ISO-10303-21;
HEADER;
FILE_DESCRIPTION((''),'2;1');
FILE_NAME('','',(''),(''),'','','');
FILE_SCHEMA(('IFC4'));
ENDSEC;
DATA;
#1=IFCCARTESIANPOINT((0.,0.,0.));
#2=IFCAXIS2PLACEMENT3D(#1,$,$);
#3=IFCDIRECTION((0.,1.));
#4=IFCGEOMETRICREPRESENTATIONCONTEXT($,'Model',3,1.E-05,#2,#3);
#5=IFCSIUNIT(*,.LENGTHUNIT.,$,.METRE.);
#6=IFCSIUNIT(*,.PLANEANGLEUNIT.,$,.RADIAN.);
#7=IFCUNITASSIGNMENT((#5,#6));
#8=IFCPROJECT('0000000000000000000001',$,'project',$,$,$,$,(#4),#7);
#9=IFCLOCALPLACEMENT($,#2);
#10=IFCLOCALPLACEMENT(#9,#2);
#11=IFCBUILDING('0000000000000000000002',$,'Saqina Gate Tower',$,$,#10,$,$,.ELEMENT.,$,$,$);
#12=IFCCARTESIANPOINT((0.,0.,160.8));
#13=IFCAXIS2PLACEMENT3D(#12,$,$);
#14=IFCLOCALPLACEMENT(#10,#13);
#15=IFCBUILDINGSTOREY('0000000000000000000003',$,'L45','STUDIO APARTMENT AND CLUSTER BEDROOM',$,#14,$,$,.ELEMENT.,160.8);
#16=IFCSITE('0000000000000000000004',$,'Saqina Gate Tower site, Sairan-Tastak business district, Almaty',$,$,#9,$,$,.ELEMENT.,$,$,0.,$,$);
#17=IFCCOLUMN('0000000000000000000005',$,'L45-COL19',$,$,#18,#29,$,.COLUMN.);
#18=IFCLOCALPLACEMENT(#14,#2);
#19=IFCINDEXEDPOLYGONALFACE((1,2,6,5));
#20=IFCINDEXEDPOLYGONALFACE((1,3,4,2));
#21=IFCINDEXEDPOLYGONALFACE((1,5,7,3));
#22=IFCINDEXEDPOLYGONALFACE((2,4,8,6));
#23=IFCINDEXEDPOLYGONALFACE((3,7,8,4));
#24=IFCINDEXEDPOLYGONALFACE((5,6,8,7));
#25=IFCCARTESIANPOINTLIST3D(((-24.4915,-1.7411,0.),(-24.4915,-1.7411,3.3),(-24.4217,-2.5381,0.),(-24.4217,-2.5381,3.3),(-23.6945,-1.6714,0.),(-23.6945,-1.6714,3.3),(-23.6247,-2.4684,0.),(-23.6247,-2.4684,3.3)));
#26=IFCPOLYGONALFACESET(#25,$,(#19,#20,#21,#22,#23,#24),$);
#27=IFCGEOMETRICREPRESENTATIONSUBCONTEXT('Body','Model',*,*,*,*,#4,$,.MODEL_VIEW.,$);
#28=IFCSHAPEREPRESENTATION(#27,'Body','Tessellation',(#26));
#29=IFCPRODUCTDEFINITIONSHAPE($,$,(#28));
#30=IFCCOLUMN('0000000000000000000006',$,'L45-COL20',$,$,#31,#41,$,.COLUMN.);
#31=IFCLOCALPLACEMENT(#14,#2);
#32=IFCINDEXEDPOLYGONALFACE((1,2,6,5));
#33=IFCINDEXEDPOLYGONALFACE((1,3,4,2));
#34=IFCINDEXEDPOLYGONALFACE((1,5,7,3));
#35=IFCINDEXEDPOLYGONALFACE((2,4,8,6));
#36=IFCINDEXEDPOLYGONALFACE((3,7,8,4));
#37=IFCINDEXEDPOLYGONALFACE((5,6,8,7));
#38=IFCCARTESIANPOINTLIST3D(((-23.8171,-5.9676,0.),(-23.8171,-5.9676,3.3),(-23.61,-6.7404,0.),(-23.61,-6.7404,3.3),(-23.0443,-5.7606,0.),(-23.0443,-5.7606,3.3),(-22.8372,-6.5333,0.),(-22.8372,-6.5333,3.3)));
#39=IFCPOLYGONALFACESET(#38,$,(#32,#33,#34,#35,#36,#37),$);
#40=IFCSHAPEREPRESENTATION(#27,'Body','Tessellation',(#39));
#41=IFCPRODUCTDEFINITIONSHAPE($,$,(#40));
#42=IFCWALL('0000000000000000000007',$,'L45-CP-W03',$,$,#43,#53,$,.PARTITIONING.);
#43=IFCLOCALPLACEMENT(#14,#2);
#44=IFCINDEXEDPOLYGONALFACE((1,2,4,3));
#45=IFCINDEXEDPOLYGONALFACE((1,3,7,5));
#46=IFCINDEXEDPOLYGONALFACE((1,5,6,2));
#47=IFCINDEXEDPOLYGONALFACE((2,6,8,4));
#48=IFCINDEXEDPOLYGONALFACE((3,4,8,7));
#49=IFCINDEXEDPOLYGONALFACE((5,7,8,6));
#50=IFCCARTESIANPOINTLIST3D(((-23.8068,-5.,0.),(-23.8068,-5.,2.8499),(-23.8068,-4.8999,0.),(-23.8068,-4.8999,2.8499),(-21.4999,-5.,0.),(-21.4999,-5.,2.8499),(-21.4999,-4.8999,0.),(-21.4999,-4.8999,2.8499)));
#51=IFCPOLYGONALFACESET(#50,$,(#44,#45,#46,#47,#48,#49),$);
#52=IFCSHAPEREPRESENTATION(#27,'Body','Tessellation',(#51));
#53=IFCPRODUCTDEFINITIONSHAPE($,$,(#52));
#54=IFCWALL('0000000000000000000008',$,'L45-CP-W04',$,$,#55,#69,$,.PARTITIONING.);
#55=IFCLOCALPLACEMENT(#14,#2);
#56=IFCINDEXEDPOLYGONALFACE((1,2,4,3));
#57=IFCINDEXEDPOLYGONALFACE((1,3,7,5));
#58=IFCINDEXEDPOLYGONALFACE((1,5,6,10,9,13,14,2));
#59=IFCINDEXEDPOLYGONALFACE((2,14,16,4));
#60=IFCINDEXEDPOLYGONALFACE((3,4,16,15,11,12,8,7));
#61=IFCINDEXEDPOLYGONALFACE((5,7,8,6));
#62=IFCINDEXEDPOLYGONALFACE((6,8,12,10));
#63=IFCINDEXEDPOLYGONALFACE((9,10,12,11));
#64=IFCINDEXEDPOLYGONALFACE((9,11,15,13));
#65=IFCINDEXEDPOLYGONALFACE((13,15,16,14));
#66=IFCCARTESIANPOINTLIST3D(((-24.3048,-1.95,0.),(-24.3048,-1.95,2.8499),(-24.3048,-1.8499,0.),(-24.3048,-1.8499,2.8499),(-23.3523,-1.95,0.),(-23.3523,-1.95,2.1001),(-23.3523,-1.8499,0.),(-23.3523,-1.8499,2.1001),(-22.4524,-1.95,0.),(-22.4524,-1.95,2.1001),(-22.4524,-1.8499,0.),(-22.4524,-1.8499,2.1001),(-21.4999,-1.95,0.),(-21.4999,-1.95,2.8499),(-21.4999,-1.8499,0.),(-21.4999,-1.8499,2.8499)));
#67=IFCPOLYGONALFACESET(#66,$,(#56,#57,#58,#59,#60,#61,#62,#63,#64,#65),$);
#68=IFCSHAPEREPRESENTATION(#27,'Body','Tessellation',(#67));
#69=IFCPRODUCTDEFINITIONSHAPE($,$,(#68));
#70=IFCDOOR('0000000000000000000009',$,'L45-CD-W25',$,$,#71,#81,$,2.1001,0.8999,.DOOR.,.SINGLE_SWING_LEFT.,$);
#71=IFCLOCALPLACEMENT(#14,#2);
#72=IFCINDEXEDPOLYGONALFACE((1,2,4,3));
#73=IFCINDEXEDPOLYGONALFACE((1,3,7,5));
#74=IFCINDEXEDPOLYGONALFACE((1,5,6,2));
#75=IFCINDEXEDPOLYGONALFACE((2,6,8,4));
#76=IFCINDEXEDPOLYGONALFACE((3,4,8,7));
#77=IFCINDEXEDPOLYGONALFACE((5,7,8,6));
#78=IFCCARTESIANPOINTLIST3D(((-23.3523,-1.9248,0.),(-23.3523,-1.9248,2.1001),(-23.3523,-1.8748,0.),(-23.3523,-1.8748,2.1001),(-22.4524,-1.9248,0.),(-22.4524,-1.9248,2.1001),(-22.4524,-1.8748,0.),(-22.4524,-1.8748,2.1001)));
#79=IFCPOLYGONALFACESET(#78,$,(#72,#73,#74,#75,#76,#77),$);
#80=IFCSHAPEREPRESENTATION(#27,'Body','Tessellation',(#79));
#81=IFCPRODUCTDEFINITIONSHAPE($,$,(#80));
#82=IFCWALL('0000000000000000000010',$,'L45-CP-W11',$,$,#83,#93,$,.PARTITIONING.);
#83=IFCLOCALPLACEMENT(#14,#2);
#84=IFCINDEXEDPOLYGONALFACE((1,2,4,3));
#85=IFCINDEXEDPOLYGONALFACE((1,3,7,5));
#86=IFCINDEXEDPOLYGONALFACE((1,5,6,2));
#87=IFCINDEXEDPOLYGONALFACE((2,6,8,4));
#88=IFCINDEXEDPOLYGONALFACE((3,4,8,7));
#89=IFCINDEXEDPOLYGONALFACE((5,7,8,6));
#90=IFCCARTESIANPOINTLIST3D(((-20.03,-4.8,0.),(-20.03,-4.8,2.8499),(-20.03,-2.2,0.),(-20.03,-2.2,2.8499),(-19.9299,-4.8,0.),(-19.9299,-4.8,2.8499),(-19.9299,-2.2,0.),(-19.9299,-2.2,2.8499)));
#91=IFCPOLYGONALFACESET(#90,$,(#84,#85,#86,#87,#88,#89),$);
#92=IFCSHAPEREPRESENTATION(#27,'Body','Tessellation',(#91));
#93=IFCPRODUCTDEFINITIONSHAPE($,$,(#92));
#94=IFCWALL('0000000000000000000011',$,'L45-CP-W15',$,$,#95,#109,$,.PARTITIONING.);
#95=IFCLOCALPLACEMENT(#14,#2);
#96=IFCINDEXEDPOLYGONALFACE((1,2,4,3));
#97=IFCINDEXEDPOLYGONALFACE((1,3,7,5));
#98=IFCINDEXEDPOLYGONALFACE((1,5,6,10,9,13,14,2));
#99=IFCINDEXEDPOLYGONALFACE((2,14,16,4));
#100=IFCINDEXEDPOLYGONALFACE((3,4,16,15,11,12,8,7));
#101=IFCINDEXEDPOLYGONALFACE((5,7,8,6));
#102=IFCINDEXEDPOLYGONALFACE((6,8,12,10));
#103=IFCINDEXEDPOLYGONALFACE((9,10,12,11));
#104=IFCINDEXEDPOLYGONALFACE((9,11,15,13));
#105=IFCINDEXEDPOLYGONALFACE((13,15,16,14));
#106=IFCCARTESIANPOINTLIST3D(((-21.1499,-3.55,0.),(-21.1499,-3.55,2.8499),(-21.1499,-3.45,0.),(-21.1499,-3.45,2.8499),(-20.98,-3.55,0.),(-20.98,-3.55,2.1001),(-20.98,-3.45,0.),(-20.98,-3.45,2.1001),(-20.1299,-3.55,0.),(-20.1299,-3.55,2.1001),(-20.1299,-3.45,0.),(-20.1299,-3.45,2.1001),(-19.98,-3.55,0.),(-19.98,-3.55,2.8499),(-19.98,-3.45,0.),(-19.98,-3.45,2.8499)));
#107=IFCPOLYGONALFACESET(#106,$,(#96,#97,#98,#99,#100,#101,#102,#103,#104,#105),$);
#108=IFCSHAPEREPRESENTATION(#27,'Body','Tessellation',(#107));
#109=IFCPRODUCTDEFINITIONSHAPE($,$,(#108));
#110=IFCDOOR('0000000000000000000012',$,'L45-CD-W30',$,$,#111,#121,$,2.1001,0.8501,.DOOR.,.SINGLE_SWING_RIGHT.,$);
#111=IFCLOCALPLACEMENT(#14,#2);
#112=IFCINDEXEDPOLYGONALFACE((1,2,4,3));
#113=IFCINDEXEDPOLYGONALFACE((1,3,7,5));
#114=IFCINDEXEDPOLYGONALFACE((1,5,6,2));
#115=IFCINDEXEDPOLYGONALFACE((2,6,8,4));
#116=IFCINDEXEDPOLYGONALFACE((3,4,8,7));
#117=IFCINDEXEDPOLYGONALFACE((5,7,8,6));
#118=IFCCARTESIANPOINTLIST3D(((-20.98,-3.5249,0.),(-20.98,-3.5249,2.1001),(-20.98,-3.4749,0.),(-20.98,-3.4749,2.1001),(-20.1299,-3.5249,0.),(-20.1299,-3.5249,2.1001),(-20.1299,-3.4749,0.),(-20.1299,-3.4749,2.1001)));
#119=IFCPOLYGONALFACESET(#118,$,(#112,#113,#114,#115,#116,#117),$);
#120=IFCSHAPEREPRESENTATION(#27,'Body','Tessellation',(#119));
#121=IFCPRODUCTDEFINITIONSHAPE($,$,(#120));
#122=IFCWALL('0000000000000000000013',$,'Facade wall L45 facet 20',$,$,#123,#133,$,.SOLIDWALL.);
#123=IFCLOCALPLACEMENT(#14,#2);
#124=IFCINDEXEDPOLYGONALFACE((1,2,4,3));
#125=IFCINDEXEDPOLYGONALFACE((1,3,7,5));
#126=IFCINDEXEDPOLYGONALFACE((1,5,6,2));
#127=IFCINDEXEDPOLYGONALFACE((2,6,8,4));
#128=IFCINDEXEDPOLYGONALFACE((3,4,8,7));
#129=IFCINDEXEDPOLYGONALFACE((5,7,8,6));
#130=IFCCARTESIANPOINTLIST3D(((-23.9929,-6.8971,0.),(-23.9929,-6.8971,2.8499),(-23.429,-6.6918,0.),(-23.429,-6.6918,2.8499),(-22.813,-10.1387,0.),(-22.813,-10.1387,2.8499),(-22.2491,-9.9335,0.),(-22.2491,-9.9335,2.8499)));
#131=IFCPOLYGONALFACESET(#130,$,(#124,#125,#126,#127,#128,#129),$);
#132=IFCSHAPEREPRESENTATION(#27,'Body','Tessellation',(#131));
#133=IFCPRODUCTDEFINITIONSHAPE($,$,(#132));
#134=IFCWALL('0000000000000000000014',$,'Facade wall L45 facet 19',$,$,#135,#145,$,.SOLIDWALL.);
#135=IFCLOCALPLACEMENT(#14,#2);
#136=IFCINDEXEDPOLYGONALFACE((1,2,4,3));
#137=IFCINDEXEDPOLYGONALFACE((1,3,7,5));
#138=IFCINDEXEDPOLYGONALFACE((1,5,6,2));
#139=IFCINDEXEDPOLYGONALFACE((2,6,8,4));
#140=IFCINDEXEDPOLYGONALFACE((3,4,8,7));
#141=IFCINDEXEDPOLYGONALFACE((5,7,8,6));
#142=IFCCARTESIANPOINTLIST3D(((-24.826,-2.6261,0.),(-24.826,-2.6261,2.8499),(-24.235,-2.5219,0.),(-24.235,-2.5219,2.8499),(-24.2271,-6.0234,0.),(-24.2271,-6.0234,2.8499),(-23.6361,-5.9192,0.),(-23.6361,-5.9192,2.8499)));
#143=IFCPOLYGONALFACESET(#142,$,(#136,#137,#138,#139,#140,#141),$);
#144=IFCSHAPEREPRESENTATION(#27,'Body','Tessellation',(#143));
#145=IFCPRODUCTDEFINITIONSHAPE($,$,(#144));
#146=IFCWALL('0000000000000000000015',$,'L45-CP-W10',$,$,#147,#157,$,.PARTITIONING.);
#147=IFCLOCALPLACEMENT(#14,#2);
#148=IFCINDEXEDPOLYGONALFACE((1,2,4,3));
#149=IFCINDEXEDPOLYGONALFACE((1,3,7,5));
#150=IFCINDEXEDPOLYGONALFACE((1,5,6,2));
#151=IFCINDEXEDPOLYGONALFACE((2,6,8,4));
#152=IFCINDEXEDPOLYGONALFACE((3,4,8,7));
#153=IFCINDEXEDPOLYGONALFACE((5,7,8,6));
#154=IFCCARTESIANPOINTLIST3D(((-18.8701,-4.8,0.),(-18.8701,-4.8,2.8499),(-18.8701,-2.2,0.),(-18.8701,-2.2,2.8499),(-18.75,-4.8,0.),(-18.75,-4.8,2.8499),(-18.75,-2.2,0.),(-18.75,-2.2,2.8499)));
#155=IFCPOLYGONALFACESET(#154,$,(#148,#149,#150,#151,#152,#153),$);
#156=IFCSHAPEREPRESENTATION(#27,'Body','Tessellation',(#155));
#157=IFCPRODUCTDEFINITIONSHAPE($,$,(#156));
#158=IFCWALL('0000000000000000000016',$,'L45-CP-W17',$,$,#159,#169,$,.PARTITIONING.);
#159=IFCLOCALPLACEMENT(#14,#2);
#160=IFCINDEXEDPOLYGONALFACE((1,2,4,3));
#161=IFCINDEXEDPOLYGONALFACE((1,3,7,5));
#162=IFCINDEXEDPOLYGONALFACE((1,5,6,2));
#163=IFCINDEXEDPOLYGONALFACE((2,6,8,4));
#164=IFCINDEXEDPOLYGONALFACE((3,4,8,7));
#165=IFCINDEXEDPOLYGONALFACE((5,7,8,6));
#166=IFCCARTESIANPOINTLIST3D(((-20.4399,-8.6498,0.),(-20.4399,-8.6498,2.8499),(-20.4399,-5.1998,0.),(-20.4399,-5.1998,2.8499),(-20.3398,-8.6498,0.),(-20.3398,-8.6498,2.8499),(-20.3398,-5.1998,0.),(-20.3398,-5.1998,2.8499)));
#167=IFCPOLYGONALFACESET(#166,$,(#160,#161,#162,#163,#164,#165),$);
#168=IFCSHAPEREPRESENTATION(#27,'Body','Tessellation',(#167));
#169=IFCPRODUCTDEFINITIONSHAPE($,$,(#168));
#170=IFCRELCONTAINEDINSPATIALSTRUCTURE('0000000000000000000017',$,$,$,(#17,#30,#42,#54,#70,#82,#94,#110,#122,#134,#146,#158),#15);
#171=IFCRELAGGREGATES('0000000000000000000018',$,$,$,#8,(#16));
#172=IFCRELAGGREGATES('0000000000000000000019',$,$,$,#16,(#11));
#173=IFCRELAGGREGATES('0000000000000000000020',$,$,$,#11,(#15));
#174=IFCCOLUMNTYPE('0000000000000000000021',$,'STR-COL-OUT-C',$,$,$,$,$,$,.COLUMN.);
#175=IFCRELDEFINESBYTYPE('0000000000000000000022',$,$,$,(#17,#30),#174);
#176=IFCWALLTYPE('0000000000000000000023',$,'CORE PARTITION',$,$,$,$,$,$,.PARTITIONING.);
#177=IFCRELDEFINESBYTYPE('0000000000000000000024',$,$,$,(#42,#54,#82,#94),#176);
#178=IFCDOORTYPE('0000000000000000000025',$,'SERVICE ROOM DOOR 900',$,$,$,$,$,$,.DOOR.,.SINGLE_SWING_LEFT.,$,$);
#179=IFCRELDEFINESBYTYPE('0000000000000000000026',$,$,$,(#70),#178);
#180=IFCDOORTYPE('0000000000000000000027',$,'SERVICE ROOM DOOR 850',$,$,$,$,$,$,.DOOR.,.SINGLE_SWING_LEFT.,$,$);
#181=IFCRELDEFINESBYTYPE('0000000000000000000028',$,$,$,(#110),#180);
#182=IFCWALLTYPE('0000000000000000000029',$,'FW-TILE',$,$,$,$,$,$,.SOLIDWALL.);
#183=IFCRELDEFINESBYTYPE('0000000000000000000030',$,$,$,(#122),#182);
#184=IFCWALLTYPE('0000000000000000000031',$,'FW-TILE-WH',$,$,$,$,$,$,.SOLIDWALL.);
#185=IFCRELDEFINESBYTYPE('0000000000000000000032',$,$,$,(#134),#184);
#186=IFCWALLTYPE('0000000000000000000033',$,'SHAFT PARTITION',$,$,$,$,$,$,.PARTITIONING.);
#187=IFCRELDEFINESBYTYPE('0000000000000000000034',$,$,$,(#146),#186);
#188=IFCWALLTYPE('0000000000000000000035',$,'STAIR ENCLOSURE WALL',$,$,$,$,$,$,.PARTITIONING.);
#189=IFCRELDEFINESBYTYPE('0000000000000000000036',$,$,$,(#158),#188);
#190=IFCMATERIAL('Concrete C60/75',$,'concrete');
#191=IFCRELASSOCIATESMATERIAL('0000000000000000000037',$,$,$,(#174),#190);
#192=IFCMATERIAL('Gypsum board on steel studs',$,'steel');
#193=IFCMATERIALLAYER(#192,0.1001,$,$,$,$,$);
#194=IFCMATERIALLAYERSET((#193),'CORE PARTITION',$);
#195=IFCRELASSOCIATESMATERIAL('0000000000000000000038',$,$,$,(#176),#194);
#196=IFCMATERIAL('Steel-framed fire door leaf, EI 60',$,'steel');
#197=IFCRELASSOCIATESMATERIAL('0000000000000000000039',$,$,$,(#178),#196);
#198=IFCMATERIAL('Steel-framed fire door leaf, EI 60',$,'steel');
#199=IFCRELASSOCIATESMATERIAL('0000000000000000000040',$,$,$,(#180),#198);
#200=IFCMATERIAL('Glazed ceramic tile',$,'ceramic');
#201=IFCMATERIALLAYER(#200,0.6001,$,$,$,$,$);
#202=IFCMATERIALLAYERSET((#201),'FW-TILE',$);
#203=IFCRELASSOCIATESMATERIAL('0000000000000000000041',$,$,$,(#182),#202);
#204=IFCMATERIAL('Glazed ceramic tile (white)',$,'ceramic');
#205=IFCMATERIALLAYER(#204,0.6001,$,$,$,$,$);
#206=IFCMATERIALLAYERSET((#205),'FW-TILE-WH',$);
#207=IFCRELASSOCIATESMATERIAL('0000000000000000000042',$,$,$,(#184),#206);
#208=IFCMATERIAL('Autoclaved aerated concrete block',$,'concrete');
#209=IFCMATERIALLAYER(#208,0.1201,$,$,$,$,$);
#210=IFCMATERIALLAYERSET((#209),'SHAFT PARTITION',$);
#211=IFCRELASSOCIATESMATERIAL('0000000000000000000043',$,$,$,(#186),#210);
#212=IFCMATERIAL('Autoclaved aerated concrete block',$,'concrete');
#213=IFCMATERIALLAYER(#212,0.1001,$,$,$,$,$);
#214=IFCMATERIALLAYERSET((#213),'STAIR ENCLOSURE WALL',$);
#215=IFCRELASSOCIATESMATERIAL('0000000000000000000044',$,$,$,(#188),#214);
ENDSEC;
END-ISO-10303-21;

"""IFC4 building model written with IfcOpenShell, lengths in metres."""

from ifc_helpers import new_model, si_unit, direction, frame, frame_2d, origin, origin_2d, place, context, subcontext, project, spatial, rectangle, extrude, material, layer, layer_set, material_profile, profile_set, type_object, element, fill, save


model = new_model("IFC4")

# Units and contexts
model_context = context("Model", 3, precision=1e-05, world=origin(), true_north=direction((0.0, 1.0)))
body_context = subcontext(model_context, "Body", "Model", "MODEL_VIEW")
ifc_project = project(units=[si_unit("LENGTHUNIT", "METRE"), si_unit("PLANEANGLEUNIT", "RADIAN")], contexts=[model_context])

# Site, building, storey
site_placement = place(None, origin())
site = spatial("IfcSite", under=ifc_project, at=site_placement, Name="Saqina Gate Tower site, Sairan-Tastak business district, Almaty", CompositionType="ELEMENT", RefElevation=0.0)
building_placement = place(site_placement, origin())
building = spatial("IfcBuilding", under=site, at=building_placement, Name="Saqina Gate Tower", CompositionType="ELEMENT")
storey_placement = place(building_placement, frame((0.0, 0.0, 160.8)))
storey = spatial("IfcBuildingStorey", under=building, at=storey_placement, Name="L45", Description="STUDIO APARTMENT AND CLUSTER BEDROOM", CompositionType="ELEMENT", Elevation=160.8)

# Columns
ifc_material_1 = material(Name="Concrete C60/75", Category="concrete")
ifc_material_profile = material_profile(ifc_material_1, rectangle(XDim=0.8, YDim=0.8, at=origin_2d()), Name="RC 800x800")
ifc_profile_set = profile_set([ifc_material_profile], Name="Concrete C60/75")
column_type = type_object("IfcColumnType", Name="STR-COL-OUT-C", PredefinedType="COLUMN", material=ifc_profile_set)
for number, where, z_axis, x_axis, name in (
    (1, (-24.0581, -2.1047, 0.0), (0.0, 0.0, 1.0), (-0.996195, -0.087156, 0.0), "L45-COL19"),
    (2, (-23.3271, -6.2505, 0.0), (0.0, 0.0, 1.0), (-0.965926, -0.258819, 0.0), "L45-COL20"),
):
    element("IfcColumn", number, at=place(storey_placement, frame(where, z_axis=z_axis, x_axis=x_axis)), inside=storey, type_object=column_type, Name=name, PredefinedType="COLUMN", context=body_context, shape_type="SweptSolid", body=[
        extrude(rectangle(XDim=0.8, YDim=0.8, at=origin_2d()), origin(), (0.0, 0.0, 1.0), 3.3),
    ])

# Wall
ifc_material_2 = material(Name="Gypsum board on steel studs", Category="steel")
ifc_layer_1 = layer(ifc_material_2, 0.1001)
ifc_layer_set_1 = layer_set([ifc_layer_1], Name="CORE PARTITION")
wall_type_1 = type_object("IfcWallType", Name="CORE PARTITION", PredefinedType="PARTITIONING", material=ifc_layer_set_1)
wall_1_placement = place(storey_placement, frame((-21.5, -4.95, 0.0), z_axis=(0.0, 0.0, 1.0), x_axis=(-1.0, 0.0, 0.0)))
element("IfcWall", 3, at=wall_1_placement, inside=storey, type_object=wall_type_1, Name="L45-CP-W03", PredefinedType="PARTITIONING", context=body_context, shape_type="SweptSolid", body=[
    extrude(rectangle(XDim=2.3069, YDim=0.1001, at=frame_2d((1.1533, 0.0))), origin(), (0.0, 0.0, 1.0), 2.8499),
])

# Wall, opening, door
wall_2_placement = place(storey_placement, frame((-21.5, -1.8999, 0.0), z_axis=(0.0, 0.0, 1.0), x_axis=(-1.0, 0.0, 0.0)))
wall_2 = element("IfcWall", 4, at=wall_2_placement, inside=storey, type_object=wall_type_1, Name="L45-CP-W04", PredefinedType="PARTITIONING", context=body_context, shape_type="SweptSolid", body=[
    extrude(rectangle(XDim=2.8049, YDim=0.1001, at=frame_2d((1.4023, 0.0))), origin(), (0.0, 0.0, 1.0), 2.8499),
])
opening_1_placement = place(wall_2_placement, frame((0.9524, 0.0, 0.0)))
opening_1 = element("IfcOpeningElement", 5, at=opening_1_placement, cuts=wall_2, PredefinedType="OPENING", context=body_context, shape_type="SweptSolid", body=[
    extrude(rectangle(XDim=0.8999, YDim=2.1001, at=frame_2d((0.45, 1.05))), frame((0.0, 0.062, 0.0), z_axis=(0.0, -1.0, 0.0), x_axis=(1.0, 0.0, 0.0)), (0.0, 0.0, 1.0), 0.124),
])
ifc_material_3 = material(Name="Steel-framed fire door leaf, EI 60", Category="steel")
door_type_1 = type_object("IfcDoorType", Name="SERVICE ROOM DOOR 900", OperationType="SINGLE_SWING_LEFT", PredefinedType="DOOR", material=ifc_material_3)
door_1_placement = place(opening_1_placement, origin())
door_1 = element("IfcDoor", 6, at=door_1_placement, inside=storey, type_object=door_type_1, Name="L45-CD-W25", OperationType="SINGLE_SWING_LEFT", OverallHeight=2.1001, OverallWidth=0.8999, PredefinedType="DOOR", context=body_context, shape_type="SweptSolid", body=[
    extrude(rectangle(XDim=0.8999, YDim=2.1001, at=frame_2d((0.45, 1.05))), frame((0.0, 0.0249, 0.0), z_axis=(0.0, -1.0, 0.0), x_axis=(1.0, 0.0, 0.0)), (0.0, 0.0, 1.0), 0.05),
])
fill(opening_1, door_1)

# Wall
wall_3_placement = place(storey_placement, frame((-19.98, -4.8, 0.0), z_axis=(0.0, 0.0, 1.0), x_axis=(0.0, 1.0, 0.0)))
element("IfcWall", 7, at=wall_3_placement, inside=storey, type_object=wall_type_1, Name="L45-CP-W11", PredefinedType="PARTITIONING", context=body_context, shape_type="SweptSolid", body=[
    extrude(rectangle(XDim=2.6001, YDim=0.1001, at=frame_2d((1.3, 0.0))), origin(), (0.0, 0.0, 1.0), 2.8499),
])

# Wall, opening, door
wall_4_placement = place(storey_placement, frame((-19.98, -3.5, 0.0), z_axis=(0.0, 0.0, 1.0), x_axis=(-1.0, 0.0, 0.0)))
wall_4 = element("IfcWall", 8, at=wall_4_placement, inside=storey, type_object=wall_type_1, Name="L45-CP-W15", PredefinedType="PARTITIONING", context=body_context, shape_type="SweptSolid", body=[
    extrude(rectangle(XDim=1.1699, YDim=0.1001, at=frame_2d((0.585, 0.0))), origin(), (0.0, 0.0, 1.0), 2.8499),
])
opening_2_placement = place(wall_4_placement, frame((0.1499, 0.0, 0.0)))
opening_2 = element("IfcOpeningElement", 9, at=opening_2_placement, cuts=wall_4, PredefinedType="OPENING", context=body_context, shape_type="SweptSolid", body=[
    extrude(rectangle(XDim=0.8501, YDim=2.1001, at=frame_2d((0.425, 1.05))), frame((0.0, 0.062, 0.0), z_axis=(0.0, -1.0, 0.0), x_axis=(1.0, 0.0, 0.0)), (0.0, 0.0, 1.0), 0.124),
])
ifc_material_4 = material(Name="Steel-framed fire door leaf, EI 60", Category="steel")
door_type_2 = type_object("IfcDoorType", Name="SERVICE ROOM DOOR 850", OperationType="SINGLE_SWING_LEFT", PredefinedType="DOOR", material=ifc_material_4)
door_2_placement = place(opening_2_placement, origin())
door_2 = element("IfcDoor", 10, at=door_2_placement, inside=storey, type_object=door_type_2, Name="L45-CD-W30", OperationType="SINGLE_SWING_RIGHT", OverallHeight=2.1001, OverallWidth=0.8501, PredefinedType="DOOR", context=body_context, shape_type="SweptSolid", body=[
    extrude(rectangle(XDim=0.8501, YDim=2.1001, at=frame_2d((0.425, 1.05))), frame((0.0, 0.0249, 0.0), z_axis=(0.0, -1.0, 0.0), x_axis=(1.0, 0.0, 0.0)), (0.0, 0.0, 1.0), 0.05),
])
fill(opening_2, door_2)

# Walls
ifc_material_5 = material(Name="Glazed ceramic tile", Category="ceramic")
ifc_layer_2 = layer(ifc_material_5, 0.6001)
ifc_layer_set_2 = layer_set([ifc_layer_2], Name="FW-TILE")
wall_type_2 = type_object("IfcWallType", Name="FW-TILE", PredefinedType="SOLIDWALL", material=ifc_layer_set_2)
wall_5_placement = place(storey_placement, frame((-23.7109, -6.7944, 0.0), z_axis=(0.0, 0.0, 1.0), x_axis=(0.342033, -0.939688, 0.0)))
element("IfcWall", 11, at=wall_5_placement, inside=storey, type_object=wall_type_2, Name="Facade wall L45 facet 20", PredefinedType="SOLIDWALL", context=body_context, shape_type="SweptSolid", body=[
    extrude(rectangle(XDim=3.4497, YDim=0.6001, at=frame_2d((1.7249, 0.0))), origin(), (0.0, 0.0, 1.0), 2.8499),
])
ifc_material_6 = material(Name="Glazed ceramic tile (white)", Category="ceramic")
ifc_layer_3 = layer(ifc_material_6, 0.6001)
ifc_layer_set_3 = layer_set([ifc_layer_3], Name="FW-TILE-WH")
wall_type_3 = type_object("IfcWallType", Name="FW-TILE-WH", PredefinedType="SOLIDWALL", material=ifc_layer_set_3)
wall_6_placement = place(storey_placement, frame((-24.5305, -2.574, 0.0), z_axis=(0.0, 0.0, 1.0), x_axis=(0.173608, -0.984815, 0.0)))
element("IfcWall", 12, at=wall_6_placement, inside=storey, type_object=wall_type_3, Name="Facade wall L45 facet 19", PredefinedType="SOLIDWALL", context=body_context, shape_type="SweptSolid", body=[
    extrude(rectangle(XDim=3.4497, YDim=0.6001, at=frame_2d((1.7249, 0.0))), origin(), (0.0, 0.0, 1.0), 2.8499),
])
ifc_material_7 = material(Name="Autoclaved aerated concrete block", Category="concrete")
ifc_layer_4 = layer(ifc_material_7, 0.1201)
ifc_layer_set_4 = layer_set([ifc_layer_4], Name="SHAFT PARTITION")
wall_type_4 = type_object("IfcWallType", Name="SHAFT PARTITION", PredefinedType="PARTITIONING", material=ifc_layer_set_4)
wall_7_placement = place(storey_placement, frame((-18.8101, -4.8, 0.0), z_axis=(0.0, 0.0, 1.0), x_axis=(0.0, 1.0, 0.0)))
element("IfcWall", 13, at=wall_7_placement, inside=storey, type_object=wall_type_4, Name="L45-CP-W10", PredefinedType="PARTITIONING", context=body_context, shape_type="SweptSolid", body=[
    extrude(rectangle(XDim=2.6001, YDim=0.1201, at=frame_2d((1.3, 0.0))), origin(), (0.0, 0.0, 1.0), 2.8499),
])
ifc_material_8 = material(Name="Autoclaved aerated concrete block", Category="concrete")
ifc_layer_5 = layer(ifc_material_8, 0.1001)
ifc_layer_set_5 = layer_set([ifc_layer_5], Name="STAIR ENCLOSURE WALL")
wall_type_5 = type_object("IfcWallType", Name="STAIR ENCLOSURE WALL", PredefinedType="PARTITIONING", material=ifc_layer_set_5)
wall_8_placement = place(storey_placement, frame((-20.3899, -8.6499, 0.0), z_axis=(0.0, 0.0, 1.0), x_axis=(0.0, 1.0, 0.0)))
element("IfcWall", 14, at=wall_8_placement, inside=storey, type_object=wall_type_5, Name="L45-CP-W17", PredefinedType="PARTITIONING", context=body_context, shape_type="SweptSolid", body=[
    extrude(rectangle(XDim=3.45, YDim=0.1001, at=frame_2d((1.7251, 0.0))), origin(), (0.0, 0.0, 1.0), 2.8499),
])

save(model, "model.ifc")
